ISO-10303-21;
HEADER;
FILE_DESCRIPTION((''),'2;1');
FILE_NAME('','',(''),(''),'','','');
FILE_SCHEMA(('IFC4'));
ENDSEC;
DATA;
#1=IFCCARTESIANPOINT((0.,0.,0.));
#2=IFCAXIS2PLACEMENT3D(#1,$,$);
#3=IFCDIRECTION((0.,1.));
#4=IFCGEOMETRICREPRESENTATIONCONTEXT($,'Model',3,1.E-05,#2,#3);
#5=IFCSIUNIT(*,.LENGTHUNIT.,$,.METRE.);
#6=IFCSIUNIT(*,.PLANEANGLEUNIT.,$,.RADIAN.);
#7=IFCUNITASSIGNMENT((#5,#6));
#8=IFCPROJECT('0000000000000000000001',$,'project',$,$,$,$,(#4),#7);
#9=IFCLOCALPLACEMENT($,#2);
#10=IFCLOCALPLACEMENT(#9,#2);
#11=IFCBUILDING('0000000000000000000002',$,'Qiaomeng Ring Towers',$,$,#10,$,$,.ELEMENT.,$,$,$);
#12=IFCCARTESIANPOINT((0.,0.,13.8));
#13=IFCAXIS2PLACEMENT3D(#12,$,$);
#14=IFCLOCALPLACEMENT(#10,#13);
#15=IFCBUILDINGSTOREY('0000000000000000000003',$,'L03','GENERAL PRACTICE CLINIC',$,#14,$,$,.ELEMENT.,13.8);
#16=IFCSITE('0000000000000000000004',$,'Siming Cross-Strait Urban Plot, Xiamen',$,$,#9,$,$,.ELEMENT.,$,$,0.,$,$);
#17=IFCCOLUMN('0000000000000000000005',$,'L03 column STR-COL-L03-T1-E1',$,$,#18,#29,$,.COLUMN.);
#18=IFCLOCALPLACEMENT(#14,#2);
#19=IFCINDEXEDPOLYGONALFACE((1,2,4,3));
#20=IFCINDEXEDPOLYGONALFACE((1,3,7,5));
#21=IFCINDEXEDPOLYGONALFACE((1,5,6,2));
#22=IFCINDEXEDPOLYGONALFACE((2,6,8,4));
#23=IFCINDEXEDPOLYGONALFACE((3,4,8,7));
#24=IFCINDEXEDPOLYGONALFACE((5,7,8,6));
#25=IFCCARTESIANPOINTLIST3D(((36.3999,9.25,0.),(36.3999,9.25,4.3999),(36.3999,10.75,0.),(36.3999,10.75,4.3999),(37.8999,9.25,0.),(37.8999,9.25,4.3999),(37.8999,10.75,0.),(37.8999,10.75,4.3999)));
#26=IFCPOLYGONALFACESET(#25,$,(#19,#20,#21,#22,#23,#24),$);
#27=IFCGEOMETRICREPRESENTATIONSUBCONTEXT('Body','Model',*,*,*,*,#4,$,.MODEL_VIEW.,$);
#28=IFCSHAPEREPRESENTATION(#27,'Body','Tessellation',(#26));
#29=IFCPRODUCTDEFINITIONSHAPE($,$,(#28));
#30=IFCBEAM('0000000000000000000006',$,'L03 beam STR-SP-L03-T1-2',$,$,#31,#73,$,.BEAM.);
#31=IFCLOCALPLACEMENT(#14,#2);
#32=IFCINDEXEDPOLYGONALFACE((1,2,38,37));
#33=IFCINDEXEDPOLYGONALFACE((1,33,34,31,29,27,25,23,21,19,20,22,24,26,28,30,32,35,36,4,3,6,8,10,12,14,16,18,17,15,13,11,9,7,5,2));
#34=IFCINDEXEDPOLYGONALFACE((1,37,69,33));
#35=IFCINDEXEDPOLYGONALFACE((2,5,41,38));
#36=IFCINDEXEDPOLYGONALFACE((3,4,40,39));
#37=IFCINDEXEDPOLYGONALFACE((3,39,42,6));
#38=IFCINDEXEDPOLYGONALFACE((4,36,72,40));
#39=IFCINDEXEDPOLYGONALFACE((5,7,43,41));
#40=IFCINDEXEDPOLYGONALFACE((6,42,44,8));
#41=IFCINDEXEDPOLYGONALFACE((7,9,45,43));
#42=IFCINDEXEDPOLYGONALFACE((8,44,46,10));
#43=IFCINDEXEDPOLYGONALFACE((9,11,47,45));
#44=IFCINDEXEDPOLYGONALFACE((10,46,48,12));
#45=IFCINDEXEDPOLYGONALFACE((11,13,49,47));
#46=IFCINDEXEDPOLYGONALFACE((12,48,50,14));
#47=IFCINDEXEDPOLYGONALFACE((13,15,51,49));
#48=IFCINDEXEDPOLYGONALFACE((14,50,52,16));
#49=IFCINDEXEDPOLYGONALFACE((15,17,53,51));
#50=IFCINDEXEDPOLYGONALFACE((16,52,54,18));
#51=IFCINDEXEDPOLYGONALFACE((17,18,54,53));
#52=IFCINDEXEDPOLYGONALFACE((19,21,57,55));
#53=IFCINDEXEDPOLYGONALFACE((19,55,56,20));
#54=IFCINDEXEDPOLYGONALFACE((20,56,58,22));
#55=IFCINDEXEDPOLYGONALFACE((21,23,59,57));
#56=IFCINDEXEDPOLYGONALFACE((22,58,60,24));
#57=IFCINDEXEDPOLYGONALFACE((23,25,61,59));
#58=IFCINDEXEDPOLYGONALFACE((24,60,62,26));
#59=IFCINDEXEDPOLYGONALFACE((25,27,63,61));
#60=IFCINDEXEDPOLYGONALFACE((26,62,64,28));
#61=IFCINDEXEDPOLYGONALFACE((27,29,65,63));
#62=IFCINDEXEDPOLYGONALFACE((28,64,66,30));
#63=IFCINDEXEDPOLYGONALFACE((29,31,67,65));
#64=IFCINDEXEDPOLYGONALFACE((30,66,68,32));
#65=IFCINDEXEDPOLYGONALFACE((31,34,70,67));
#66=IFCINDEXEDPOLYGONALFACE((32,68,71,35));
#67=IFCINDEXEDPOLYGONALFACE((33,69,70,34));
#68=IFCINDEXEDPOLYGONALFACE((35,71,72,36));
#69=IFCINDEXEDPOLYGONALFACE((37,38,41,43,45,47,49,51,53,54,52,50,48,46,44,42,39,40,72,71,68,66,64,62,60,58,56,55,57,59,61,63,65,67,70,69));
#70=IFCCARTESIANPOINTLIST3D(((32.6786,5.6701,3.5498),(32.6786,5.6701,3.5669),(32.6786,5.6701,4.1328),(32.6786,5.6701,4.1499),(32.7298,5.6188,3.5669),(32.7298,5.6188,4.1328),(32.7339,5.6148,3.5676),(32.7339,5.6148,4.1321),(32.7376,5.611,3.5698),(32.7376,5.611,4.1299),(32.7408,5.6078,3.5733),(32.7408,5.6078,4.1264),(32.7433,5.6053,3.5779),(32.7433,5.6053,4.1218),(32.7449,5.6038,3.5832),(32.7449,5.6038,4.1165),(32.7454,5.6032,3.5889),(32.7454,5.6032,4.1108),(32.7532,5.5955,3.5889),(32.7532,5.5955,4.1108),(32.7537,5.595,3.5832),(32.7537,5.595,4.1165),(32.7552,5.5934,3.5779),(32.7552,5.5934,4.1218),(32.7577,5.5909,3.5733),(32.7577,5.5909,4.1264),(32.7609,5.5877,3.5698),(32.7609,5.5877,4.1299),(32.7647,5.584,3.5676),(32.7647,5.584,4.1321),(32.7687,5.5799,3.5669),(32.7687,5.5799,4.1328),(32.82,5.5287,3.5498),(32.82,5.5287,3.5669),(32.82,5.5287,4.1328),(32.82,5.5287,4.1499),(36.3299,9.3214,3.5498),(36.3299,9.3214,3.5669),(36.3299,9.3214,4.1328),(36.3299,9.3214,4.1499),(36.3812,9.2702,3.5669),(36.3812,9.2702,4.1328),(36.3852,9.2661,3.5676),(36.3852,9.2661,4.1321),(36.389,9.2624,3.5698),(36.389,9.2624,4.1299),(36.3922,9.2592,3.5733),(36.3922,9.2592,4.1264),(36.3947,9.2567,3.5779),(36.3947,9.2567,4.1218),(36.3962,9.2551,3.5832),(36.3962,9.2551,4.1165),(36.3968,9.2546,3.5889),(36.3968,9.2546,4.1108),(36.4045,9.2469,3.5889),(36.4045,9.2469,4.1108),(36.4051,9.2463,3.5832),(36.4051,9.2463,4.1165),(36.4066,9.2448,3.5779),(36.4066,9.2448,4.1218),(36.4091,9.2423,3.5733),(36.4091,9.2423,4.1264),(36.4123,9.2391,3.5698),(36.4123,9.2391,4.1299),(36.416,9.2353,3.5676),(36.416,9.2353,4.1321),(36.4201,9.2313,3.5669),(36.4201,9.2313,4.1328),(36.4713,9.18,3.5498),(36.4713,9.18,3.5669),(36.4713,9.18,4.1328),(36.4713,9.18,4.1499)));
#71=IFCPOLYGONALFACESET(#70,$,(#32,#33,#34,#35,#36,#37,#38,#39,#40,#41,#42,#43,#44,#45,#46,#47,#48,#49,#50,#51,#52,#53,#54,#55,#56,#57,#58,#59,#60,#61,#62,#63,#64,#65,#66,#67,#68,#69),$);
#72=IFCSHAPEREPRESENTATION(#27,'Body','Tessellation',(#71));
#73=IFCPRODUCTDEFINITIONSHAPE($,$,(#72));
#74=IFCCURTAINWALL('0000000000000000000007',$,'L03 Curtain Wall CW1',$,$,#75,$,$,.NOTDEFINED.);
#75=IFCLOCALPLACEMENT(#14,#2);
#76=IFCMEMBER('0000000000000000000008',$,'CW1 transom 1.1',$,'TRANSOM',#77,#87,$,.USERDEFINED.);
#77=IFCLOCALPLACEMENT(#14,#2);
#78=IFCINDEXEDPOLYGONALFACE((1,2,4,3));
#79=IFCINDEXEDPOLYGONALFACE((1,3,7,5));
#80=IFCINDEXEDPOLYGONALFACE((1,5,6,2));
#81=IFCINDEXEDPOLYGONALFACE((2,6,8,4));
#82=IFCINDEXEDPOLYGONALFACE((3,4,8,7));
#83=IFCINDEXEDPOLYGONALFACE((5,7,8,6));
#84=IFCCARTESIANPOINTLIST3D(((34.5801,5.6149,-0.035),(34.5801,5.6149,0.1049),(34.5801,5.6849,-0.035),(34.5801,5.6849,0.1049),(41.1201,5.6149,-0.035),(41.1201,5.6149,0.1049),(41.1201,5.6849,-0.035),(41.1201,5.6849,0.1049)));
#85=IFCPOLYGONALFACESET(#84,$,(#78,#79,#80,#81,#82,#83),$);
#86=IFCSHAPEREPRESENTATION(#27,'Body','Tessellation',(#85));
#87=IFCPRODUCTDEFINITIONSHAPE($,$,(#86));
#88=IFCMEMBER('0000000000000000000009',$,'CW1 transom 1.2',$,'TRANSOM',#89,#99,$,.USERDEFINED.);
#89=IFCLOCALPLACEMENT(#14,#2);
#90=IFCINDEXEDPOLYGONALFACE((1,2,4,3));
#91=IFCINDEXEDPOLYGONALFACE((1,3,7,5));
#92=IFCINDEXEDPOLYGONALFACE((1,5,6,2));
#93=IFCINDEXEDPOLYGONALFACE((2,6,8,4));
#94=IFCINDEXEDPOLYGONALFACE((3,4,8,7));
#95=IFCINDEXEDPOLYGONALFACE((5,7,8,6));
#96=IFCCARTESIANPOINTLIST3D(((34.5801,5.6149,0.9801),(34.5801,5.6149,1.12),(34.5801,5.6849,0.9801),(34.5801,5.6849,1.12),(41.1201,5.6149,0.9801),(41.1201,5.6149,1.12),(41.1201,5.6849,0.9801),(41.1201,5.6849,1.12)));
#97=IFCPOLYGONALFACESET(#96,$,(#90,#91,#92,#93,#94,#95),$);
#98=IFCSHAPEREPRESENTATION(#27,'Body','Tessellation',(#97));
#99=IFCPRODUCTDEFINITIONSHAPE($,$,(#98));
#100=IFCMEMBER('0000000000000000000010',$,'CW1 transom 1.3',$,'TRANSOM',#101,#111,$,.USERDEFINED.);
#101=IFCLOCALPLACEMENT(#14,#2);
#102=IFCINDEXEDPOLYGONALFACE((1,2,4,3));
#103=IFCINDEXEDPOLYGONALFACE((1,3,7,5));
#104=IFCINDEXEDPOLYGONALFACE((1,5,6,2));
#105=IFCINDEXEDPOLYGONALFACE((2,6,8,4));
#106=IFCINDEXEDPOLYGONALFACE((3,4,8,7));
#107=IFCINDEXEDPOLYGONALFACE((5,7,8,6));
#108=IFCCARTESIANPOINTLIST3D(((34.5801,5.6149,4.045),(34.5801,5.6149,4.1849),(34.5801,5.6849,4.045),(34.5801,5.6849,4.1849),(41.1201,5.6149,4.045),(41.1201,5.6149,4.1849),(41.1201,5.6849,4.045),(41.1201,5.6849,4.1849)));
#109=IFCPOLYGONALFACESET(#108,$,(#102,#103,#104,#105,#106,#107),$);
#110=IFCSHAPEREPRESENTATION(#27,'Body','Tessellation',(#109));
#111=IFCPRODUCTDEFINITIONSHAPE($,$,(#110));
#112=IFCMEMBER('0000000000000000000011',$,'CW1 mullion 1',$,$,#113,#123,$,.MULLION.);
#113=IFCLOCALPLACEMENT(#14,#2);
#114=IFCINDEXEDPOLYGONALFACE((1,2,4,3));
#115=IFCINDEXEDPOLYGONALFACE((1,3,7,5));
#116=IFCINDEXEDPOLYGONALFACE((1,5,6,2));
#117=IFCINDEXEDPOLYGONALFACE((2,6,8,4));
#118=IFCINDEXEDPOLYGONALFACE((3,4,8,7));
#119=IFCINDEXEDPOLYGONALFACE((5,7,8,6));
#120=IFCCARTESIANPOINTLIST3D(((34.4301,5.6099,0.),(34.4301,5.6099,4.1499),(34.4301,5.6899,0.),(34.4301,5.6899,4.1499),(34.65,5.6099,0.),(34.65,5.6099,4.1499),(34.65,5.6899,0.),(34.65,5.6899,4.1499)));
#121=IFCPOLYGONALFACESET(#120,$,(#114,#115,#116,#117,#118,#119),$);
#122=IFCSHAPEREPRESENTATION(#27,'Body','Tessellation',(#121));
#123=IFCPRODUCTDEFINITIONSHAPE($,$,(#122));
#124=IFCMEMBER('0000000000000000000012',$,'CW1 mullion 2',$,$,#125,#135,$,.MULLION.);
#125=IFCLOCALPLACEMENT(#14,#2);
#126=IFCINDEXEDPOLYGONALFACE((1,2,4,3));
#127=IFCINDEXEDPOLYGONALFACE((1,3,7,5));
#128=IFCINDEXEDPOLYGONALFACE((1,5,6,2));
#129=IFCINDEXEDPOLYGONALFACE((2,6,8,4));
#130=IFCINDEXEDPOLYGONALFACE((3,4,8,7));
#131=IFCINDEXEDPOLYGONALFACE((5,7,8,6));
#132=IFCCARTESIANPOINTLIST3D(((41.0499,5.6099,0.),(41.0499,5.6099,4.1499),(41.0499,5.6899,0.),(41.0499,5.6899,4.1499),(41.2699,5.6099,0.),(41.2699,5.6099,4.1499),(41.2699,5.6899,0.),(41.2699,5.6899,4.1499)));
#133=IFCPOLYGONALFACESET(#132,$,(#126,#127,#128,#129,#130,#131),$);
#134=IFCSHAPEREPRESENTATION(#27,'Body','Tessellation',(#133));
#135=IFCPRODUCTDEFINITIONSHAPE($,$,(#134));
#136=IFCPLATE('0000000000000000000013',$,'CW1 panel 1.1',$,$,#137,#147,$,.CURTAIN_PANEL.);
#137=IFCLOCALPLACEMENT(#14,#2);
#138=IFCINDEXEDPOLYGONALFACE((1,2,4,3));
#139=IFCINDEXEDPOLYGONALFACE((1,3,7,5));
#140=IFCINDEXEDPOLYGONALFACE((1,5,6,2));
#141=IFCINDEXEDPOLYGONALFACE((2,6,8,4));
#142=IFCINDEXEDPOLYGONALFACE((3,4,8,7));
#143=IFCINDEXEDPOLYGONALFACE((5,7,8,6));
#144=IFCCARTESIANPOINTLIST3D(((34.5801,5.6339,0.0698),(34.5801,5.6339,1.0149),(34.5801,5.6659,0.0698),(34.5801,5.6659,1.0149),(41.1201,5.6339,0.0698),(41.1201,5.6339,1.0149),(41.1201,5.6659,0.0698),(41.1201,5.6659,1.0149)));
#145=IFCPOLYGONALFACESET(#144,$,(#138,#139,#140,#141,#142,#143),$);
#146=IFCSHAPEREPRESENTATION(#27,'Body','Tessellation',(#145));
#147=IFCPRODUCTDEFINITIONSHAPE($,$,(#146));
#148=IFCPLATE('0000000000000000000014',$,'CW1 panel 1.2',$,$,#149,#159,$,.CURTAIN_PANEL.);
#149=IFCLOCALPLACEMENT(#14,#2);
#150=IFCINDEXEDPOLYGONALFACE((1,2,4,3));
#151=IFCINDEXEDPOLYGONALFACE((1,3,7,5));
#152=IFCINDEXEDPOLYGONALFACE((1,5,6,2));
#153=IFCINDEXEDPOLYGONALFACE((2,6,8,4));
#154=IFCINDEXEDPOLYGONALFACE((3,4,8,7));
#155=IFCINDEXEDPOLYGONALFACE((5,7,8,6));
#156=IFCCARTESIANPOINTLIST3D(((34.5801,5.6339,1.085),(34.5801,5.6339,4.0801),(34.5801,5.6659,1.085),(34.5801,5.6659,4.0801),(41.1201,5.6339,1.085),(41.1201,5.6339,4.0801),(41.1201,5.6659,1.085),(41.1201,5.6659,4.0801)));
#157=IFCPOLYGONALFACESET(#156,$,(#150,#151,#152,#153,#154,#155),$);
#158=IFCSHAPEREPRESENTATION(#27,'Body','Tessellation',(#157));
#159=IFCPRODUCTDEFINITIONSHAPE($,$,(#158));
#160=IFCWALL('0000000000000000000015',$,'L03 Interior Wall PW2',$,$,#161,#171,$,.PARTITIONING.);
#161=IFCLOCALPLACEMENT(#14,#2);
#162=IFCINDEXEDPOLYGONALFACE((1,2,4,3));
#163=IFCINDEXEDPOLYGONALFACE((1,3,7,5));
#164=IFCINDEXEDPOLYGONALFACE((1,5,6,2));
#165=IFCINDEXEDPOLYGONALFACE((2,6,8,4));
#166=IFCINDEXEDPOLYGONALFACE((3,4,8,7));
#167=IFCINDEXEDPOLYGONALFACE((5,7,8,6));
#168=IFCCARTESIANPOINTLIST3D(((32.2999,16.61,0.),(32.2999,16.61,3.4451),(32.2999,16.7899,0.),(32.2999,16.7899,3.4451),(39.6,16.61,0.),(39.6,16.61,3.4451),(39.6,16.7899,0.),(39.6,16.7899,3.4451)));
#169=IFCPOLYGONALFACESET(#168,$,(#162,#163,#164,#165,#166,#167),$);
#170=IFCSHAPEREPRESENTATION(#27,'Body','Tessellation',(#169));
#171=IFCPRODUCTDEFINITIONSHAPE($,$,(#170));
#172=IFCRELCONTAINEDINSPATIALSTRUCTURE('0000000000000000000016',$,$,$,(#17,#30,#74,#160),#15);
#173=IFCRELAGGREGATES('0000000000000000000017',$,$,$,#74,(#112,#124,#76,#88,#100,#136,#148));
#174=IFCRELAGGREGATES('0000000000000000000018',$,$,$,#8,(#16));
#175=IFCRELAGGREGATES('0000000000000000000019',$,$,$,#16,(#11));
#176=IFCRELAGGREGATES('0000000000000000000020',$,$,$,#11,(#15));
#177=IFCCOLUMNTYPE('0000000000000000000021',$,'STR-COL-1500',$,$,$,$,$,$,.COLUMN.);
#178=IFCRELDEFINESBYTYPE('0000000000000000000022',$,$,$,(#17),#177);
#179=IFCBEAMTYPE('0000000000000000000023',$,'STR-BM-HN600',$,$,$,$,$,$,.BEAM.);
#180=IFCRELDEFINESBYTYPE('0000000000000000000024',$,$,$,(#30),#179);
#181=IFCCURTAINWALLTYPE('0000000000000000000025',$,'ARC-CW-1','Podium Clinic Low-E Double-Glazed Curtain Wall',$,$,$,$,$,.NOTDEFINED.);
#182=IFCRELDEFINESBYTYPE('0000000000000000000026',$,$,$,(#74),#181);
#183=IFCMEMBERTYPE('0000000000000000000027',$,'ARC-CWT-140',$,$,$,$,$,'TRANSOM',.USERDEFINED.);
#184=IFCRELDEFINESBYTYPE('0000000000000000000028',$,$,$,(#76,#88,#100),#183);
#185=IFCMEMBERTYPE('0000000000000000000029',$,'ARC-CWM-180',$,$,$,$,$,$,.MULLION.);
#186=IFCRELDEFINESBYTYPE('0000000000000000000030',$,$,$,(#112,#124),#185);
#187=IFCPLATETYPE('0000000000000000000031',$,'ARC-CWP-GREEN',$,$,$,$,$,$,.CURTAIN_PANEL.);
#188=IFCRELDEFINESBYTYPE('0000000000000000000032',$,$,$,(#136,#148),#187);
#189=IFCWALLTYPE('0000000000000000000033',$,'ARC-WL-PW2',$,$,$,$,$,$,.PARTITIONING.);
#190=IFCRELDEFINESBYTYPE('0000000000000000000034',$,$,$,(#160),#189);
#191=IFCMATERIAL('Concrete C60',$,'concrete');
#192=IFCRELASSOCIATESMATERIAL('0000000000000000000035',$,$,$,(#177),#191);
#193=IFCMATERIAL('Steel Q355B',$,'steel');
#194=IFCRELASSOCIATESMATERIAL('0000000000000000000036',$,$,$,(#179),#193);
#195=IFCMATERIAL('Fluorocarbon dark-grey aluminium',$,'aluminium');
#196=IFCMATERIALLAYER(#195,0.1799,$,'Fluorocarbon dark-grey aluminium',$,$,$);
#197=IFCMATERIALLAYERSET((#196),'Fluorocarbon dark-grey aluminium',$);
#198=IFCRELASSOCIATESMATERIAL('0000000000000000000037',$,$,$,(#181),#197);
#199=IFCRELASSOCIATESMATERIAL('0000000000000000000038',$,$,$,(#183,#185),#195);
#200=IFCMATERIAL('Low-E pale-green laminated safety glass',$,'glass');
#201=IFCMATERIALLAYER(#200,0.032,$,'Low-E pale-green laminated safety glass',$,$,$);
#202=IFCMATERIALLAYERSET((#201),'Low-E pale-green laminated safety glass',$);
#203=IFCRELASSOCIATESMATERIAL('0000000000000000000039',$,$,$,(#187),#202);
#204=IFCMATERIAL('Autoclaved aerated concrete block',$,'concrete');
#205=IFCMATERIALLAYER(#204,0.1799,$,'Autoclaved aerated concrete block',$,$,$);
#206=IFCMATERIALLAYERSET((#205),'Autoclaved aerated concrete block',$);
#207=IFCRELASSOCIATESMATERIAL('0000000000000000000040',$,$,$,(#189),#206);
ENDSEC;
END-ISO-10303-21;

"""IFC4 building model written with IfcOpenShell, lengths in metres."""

from ifc_helpers import new_model, si_unit, direction, frame, frame_2d, origin, origin_2d, place, context, subcontext, project, spatial, rectangle, i_section, extrude, source, transform, mapped, material, layer, layer_set, material_profile, profile_set, type_object, element, aggregate, save


model = new_model("IFC4")

# Units and contexts
model_context = context("Model", 3, precision=1e-05, world=origin(), true_north=direction((0.0, 1.0)))
body_context = subcontext(model_context, "Body", "Model", "MODEL_VIEW")
ifc_project = project(units=[si_unit("LENGTHUNIT", "METRE"), si_unit("PLANEANGLEUNIT", "RADIAN")], contexts=[model_context])

# Site, building, storey
site_placement = place(None, origin())
site = spatial("IfcSite", under=ifc_project, at=site_placement, Name="Siming Cross-Strait Urban Plot, Xiamen", CompositionType="ELEMENT", RefElevation=0.0)
building_placement = place(site_placement, origin())
building = spatial("IfcBuilding", under=site, at=building_placement, Name="Qiaomeng Ring Towers", CompositionType="ELEMENT")
storey_placement = place(building_placement, frame((0.0, 0.0, 13.8)))
storey = spatial("IfcBuildingStorey", under=building, at=storey_placement, Name="L03", Description="GENERAL PRACTICE CLINIC", CompositionType="ELEMENT", Elevation=13.8)

# Column
ifc_material_1 = material(Name="Concrete C60", Category="concrete")
ifc_material_profile_1 = material_profile(ifc_material_1, rectangle(XDim=1.5, YDim=1.5, at=origin_2d()), Name="RC COL 1500x1500")
ifc_profile_set_1 = profile_set([ifc_material_profile_1], Name="Concrete C60")
column_type = type_object("IfcColumnType", Name="STR-COL-1500", PredefinedType="COLUMN", material=ifc_profile_set_1)
shared_shape_1 = source(origin(), body_context, "Body", "SweptSolid", [
    extrude(rectangle(XDim=1.5, YDim=1.5, at=origin_2d()), origin(), (0.0, 0.0, 1.0), 4.3999),
])
column_placement = place(storey_placement, frame((37.1499, 10.0, 0.0), z_axis=(0.0, 0.0, 1.0), x_axis=(1.0, 0.0, 0.0)))
element("IfcColumn", 1, at=column_placement, inside=storey, type_object=column_type, Name="L03 column STR-COL-L03-T1-E1", PredefinedType="COLUMN", context=body_context, shape_type="MappedRepresentation", body=[
    mapped(shared_shape_1, transform((0.0, 0.0, 0.0), x_axis=(1.0, 0.0, 0.0), y_axis=(0.0, 1.0, 0.0), z_axis=(0.0, 0.0, 1.0), scale=1.0)),
])

# Beam
ifc_material_2 = material(Name="Steel Q355B", Category="steel")
ifc_material_profile_2 = material_profile(ifc_material_2, i_section(OverallWidth=0.2, OverallDepth=0.6001, WebThickness=0.011, FlangeThickness=0.0171, FilletRadius=0.022, at=origin_2d()), Name="HN 600x200x11x17")
ifc_profile_set_2 = profile_set([ifc_material_profile_2], Name="Steel Q355B")
beam_type = type_object("IfcBeamType", Name="STR-BM-HN600", PredefinedType="BEAM", material=ifc_profile_set_2)
shared_shape_2 = source(origin(), body_context, "Body", "SweptSolid", [
    extrude(i_section(OverallWidth=0.2, OverallDepth=0.6001, WebThickness=0.011, FlangeThickness=0.0171, FilletRadius=0.022, at=origin_2d()), origin(), (0.0, 0.0, 1.0), 5.1638),
])
beam_placement = place(storey_placement, frame((32.7493, 5.5994, 3.8499), z_axis=(0.707107, 0.707107, 0.0), x_axis=(-0.707107, 0.707107, 0.0)))
element("IfcBeam", 2, at=beam_placement, inside=storey, type_object=beam_type, Name="L03 beam STR-SP-L03-T1-2", PredefinedType="BEAM", context=body_context, shape_type="MappedRepresentation", body=[
    mapped(shared_shape_2, transform((0.0, 0.0, 0.0), x_axis=(1.0, 0.0, 0.0), y_axis=(0.0, 1.0, 0.0), z_axis=(0.0, 0.0, 1.0), scale=1.0)),
])

# Curtain wall, members, plates
ifc_material_3 = material(Name="Fluorocarbon dark-grey aluminium", Category="aluminium")
ifc_layer_1 = layer(ifc_material_3, 0.1799, Name="Fluorocarbon dark-grey aluminium")
ifc_layer_set_1 = layer_set([ifc_layer_1], Name="Fluorocarbon dark-grey aluminium")
curtain_wall_type = type_object("IfcCurtainWallType", Name="ARC-CW-1", Description="Podium Clinic Low-E Double-Glazed Curtain Wall", PredefinedType="NOTDEFINED", material=ifc_layer_set_1)
curtain_wall_placement = place(storey_placement, origin())
curtain_wall = element("IfcCurtainWall", 3, at=curtain_wall_placement, inside=storey, type_object=curtain_wall_type, Name="L03 Curtain Wall CW1", PredefinedType="NOTDEFINED")
ifc_material_profile_3 = material_profile(ifc_material_3, rectangle(XDim=0.0701, YDim=0.1399, at=origin_2d()), Name="ALU TRAN 70x140")
ifc_profile_set_3 = profile_set([ifc_material_profile_3], Name="Fluorocarbon dark-grey aluminium")
member_type_1 = type_object("IfcMemberType", Name="ARC-CWT-140", ElementType="TRANSOM", PredefinedType="USERDEFINED", material=ifc_profile_set_3)
shared_shape_3 = source(origin(), body_context, "Body", "SweptSolid", [
    extrude(rectangle(XDim=0.0701, YDim=0.1399, at=origin_2d()), origin(), (0.0, 0.0, 1.0), 6.54),
])
member_1_placement = place(storey_placement, frame((34.5801, 5.6499, 0.0349), z_axis=(1.0, 0.0, 0.0), x_axis=(0.0, 1.0, 0.0)))
member_1 = element("IfcMember", 4, at=member_1_placement, type_object=member_type_1, Name="CW1 transom 1.1", ObjectType="TRANSOM", PredefinedType="USERDEFINED", context=body_context, shape_type="MappedRepresentation", body=[
    mapped(shared_shape_3, transform((0.0, 0.0, 0.0), x_axis=(1.0, 0.0, 0.0), y_axis=(0.0, 1.0, 0.0), z_axis=(0.0, 0.0, 1.0), scale=1.0)),
])
member_2_placement = place(storey_placement, frame((34.5801, 5.6499, 1.05), z_axis=(1.0, 0.0, 0.0), x_axis=(0.0, 1.0, 0.0)))
member_2 = element("IfcMember", 5, at=member_2_placement, type_object=member_type_1, Name="CW1 transom 1.2", ObjectType="TRANSOM", PredefinedType="USERDEFINED", context=body_context, shape_type="MappedRepresentation", body=[
    mapped(shared_shape_3, transform((0.0, 0.0, 0.0), x_axis=(1.0, 0.0, 0.0), y_axis=(0.0, 1.0, 0.0), z_axis=(0.0, 0.0, 1.0), scale=1.0)),
])
member_3_placement = place(storey_placement, frame((34.5801, 5.6499, 4.115), z_axis=(1.0, 0.0, 0.0), x_axis=(0.0, 1.0, 0.0)))
member_3 = element("IfcMember", 6, at=member_3_placement, type_object=member_type_1, Name="CW1 transom 1.3", ObjectType="TRANSOM", PredefinedType="USERDEFINED", context=body_context, shape_type="MappedRepresentation", body=[
    mapped(shared_shape_3, transform((0.0, 0.0, 0.0), x_axis=(1.0, 0.0, 0.0), y_axis=(0.0, 1.0, 0.0), z_axis=(0.0, 0.0, 1.0), scale=1.0)),
])
ifc_material_profile_4 = material_profile(ifc_material_3, rectangle(XDim=0.0801, YDim=0.22, at=origin_2d()), Name="ALU MULL 80x220")
ifc_profile_set_4 = profile_set([ifc_material_profile_4], Name="Fluorocarbon dark-grey aluminium")
member_type_2 = type_object("IfcMemberType", Name="ARC-CWM-180", PredefinedType="MULLION", material=ifc_profile_set_4)
shared_shape_4 = source(origin(), body_context, "Body", "SweptSolid", [
    extrude(rectangle(XDim=0.0801, YDim=0.22, at=origin_2d()), origin(), (0.0, 0.0, 1.0), 4.1499),
])
member_4_placement = place(storey_placement, frame((34.54, 5.6499, 0.0), z_axis=(0.0, 0.0, 1.0), x_axis=(0.0, 1.0, 0.0)))
member_4 = element("IfcMember", 7, at=member_4_placement, type_object=member_type_2, Name="CW1 mullion 1", PredefinedType="MULLION", context=body_context, shape_type="MappedRepresentation", body=[
    mapped(shared_shape_4, transform((0.0, 0.0, 0.0), x_axis=(1.0, 0.0, 0.0), y_axis=(0.0, 1.0, 0.0), z_axis=(0.0, 0.0, 1.0), scale=1.0)),
])
member_5_placement = place(storey_placement, frame((41.1599, 5.6499, 0.0), z_axis=(0.0, 0.0, 1.0), x_axis=(0.0, 1.0, 0.0)))
member_5 = element("IfcMember", 8, at=member_5_placement, type_object=member_type_2, Name="CW1 mullion 2", PredefinedType="MULLION", context=body_context, shape_type="MappedRepresentation", body=[
    mapped(shared_shape_4, transform((0.0, 0.0, 0.0), x_axis=(1.0, 0.0, 0.0), y_axis=(0.0, 1.0, 0.0), z_axis=(0.0, 0.0, 1.0), scale=1.0)),
])
ifc_material_4 = material(Name="Low-E pale-green laminated safety glass", Category="glass")
ifc_layer_2 = layer(ifc_material_4, 0.032, Name="Low-E pale-green laminated safety glass")
ifc_layer_set_2 = layer_set([ifc_layer_2], Name="Low-E pale-green laminated safety glass")
plate_type = type_object("IfcPlateType", Name="ARC-CWP-GREEN", PredefinedType="CURTAIN_PANEL", material=ifc_layer_set_2)
shared_shape_5 = source(origin(), body_context, "Body", "SweptSolid", [
    extrude(rectangle(XDim=6.54, YDim=0.032, at=origin_2d()), origin(), (0.0, 0.0, 1.0), 0.9451),
])
plate_1_placement = place(storey_placement, frame((37.8501, 5.6499, 0.0698), z_axis=(0.0, 0.0, 1.0), x_axis=(1.0, 0.0, 0.0)))
plate_1 = element("IfcPlate", 9, at=plate_1_placement, type_object=plate_type, Name="CW1 panel 1.1", PredefinedType="CURTAIN_PANEL", context=body_context, shape_type="MappedRepresentation", body=[
    mapped(shared_shape_5, transform((0.0, 0.0, 0.0), x_axis=(1.0, 0.0, 0.0), y_axis=(0.0, 1.0, 0.0), z_axis=(0.0, 0.0, 1.0), scale=1.0)),
])
shared_shape_6 = source(origin(), body_context, "Body", "SweptSolid", [
    extrude(rectangle(XDim=6.54, YDim=0.032, at=origin_2d()), origin(), (0.0, 0.0, 1.0), 2.9951),
])
plate_2_placement = place(storey_placement, frame((37.8501, 5.6499, 1.085), z_axis=(0.0, 0.0, 1.0), x_axis=(1.0, 0.0, 0.0)))
plate_2 = element("IfcPlate", 10, at=plate_2_placement, type_object=plate_type, Name="CW1 panel 1.2", PredefinedType="CURTAIN_PANEL", context=body_context, shape_type="MappedRepresentation", body=[
    mapped(shared_shape_6, transform((0.0, 0.0, 0.0), x_axis=(1.0, 0.0, 0.0), y_axis=(0.0, 1.0, 0.0), z_axis=(0.0, 0.0, 1.0), scale=1.0)),
])
aggregate(curtain_wall, [member_4, member_5, member_1, member_2, member_3, plate_1, plate_2])

# Wall
ifc_material_5 = material(Name="Autoclaved aerated concrete block", Category="concrete")
ifc_layer_3 = layer(ifc_material_5, 0.1799, Name="Autoclaved aerated concrete block")
ifc_layer_set_3 = layer_set([ifc_layer_3], Name="Autoclaved aerated concrete block")
wall_type_1 = type_object("IfcWallType", Name="ARC-WL-PW2", PredefinedType="PARTITIONING", material=ifc_layer_set_3)
wall_1_placement = place(storey_placement, frame((32.3, 16.7, 0.0), z_axis=(0.0, 0.0, 1.0), x_axis=(1.0, 0.0, 0.0)))
element("IfcWall", 11, at=wall_1_placement, inside=storey, type_object=wall_type_1, Name="L03 Interior Wall PW2", PredefinedType="PARTITIONING", context=body_context, shape_type="SweptSolid", body=[
    extrude(rectangle(XDim=7.3, YDim=0.1799, at=frame_2d((3.6499, 0.0))), origin(), (0.0, 0.0, 1.0), 3.4451),
])

save(model, "model.ifc")
